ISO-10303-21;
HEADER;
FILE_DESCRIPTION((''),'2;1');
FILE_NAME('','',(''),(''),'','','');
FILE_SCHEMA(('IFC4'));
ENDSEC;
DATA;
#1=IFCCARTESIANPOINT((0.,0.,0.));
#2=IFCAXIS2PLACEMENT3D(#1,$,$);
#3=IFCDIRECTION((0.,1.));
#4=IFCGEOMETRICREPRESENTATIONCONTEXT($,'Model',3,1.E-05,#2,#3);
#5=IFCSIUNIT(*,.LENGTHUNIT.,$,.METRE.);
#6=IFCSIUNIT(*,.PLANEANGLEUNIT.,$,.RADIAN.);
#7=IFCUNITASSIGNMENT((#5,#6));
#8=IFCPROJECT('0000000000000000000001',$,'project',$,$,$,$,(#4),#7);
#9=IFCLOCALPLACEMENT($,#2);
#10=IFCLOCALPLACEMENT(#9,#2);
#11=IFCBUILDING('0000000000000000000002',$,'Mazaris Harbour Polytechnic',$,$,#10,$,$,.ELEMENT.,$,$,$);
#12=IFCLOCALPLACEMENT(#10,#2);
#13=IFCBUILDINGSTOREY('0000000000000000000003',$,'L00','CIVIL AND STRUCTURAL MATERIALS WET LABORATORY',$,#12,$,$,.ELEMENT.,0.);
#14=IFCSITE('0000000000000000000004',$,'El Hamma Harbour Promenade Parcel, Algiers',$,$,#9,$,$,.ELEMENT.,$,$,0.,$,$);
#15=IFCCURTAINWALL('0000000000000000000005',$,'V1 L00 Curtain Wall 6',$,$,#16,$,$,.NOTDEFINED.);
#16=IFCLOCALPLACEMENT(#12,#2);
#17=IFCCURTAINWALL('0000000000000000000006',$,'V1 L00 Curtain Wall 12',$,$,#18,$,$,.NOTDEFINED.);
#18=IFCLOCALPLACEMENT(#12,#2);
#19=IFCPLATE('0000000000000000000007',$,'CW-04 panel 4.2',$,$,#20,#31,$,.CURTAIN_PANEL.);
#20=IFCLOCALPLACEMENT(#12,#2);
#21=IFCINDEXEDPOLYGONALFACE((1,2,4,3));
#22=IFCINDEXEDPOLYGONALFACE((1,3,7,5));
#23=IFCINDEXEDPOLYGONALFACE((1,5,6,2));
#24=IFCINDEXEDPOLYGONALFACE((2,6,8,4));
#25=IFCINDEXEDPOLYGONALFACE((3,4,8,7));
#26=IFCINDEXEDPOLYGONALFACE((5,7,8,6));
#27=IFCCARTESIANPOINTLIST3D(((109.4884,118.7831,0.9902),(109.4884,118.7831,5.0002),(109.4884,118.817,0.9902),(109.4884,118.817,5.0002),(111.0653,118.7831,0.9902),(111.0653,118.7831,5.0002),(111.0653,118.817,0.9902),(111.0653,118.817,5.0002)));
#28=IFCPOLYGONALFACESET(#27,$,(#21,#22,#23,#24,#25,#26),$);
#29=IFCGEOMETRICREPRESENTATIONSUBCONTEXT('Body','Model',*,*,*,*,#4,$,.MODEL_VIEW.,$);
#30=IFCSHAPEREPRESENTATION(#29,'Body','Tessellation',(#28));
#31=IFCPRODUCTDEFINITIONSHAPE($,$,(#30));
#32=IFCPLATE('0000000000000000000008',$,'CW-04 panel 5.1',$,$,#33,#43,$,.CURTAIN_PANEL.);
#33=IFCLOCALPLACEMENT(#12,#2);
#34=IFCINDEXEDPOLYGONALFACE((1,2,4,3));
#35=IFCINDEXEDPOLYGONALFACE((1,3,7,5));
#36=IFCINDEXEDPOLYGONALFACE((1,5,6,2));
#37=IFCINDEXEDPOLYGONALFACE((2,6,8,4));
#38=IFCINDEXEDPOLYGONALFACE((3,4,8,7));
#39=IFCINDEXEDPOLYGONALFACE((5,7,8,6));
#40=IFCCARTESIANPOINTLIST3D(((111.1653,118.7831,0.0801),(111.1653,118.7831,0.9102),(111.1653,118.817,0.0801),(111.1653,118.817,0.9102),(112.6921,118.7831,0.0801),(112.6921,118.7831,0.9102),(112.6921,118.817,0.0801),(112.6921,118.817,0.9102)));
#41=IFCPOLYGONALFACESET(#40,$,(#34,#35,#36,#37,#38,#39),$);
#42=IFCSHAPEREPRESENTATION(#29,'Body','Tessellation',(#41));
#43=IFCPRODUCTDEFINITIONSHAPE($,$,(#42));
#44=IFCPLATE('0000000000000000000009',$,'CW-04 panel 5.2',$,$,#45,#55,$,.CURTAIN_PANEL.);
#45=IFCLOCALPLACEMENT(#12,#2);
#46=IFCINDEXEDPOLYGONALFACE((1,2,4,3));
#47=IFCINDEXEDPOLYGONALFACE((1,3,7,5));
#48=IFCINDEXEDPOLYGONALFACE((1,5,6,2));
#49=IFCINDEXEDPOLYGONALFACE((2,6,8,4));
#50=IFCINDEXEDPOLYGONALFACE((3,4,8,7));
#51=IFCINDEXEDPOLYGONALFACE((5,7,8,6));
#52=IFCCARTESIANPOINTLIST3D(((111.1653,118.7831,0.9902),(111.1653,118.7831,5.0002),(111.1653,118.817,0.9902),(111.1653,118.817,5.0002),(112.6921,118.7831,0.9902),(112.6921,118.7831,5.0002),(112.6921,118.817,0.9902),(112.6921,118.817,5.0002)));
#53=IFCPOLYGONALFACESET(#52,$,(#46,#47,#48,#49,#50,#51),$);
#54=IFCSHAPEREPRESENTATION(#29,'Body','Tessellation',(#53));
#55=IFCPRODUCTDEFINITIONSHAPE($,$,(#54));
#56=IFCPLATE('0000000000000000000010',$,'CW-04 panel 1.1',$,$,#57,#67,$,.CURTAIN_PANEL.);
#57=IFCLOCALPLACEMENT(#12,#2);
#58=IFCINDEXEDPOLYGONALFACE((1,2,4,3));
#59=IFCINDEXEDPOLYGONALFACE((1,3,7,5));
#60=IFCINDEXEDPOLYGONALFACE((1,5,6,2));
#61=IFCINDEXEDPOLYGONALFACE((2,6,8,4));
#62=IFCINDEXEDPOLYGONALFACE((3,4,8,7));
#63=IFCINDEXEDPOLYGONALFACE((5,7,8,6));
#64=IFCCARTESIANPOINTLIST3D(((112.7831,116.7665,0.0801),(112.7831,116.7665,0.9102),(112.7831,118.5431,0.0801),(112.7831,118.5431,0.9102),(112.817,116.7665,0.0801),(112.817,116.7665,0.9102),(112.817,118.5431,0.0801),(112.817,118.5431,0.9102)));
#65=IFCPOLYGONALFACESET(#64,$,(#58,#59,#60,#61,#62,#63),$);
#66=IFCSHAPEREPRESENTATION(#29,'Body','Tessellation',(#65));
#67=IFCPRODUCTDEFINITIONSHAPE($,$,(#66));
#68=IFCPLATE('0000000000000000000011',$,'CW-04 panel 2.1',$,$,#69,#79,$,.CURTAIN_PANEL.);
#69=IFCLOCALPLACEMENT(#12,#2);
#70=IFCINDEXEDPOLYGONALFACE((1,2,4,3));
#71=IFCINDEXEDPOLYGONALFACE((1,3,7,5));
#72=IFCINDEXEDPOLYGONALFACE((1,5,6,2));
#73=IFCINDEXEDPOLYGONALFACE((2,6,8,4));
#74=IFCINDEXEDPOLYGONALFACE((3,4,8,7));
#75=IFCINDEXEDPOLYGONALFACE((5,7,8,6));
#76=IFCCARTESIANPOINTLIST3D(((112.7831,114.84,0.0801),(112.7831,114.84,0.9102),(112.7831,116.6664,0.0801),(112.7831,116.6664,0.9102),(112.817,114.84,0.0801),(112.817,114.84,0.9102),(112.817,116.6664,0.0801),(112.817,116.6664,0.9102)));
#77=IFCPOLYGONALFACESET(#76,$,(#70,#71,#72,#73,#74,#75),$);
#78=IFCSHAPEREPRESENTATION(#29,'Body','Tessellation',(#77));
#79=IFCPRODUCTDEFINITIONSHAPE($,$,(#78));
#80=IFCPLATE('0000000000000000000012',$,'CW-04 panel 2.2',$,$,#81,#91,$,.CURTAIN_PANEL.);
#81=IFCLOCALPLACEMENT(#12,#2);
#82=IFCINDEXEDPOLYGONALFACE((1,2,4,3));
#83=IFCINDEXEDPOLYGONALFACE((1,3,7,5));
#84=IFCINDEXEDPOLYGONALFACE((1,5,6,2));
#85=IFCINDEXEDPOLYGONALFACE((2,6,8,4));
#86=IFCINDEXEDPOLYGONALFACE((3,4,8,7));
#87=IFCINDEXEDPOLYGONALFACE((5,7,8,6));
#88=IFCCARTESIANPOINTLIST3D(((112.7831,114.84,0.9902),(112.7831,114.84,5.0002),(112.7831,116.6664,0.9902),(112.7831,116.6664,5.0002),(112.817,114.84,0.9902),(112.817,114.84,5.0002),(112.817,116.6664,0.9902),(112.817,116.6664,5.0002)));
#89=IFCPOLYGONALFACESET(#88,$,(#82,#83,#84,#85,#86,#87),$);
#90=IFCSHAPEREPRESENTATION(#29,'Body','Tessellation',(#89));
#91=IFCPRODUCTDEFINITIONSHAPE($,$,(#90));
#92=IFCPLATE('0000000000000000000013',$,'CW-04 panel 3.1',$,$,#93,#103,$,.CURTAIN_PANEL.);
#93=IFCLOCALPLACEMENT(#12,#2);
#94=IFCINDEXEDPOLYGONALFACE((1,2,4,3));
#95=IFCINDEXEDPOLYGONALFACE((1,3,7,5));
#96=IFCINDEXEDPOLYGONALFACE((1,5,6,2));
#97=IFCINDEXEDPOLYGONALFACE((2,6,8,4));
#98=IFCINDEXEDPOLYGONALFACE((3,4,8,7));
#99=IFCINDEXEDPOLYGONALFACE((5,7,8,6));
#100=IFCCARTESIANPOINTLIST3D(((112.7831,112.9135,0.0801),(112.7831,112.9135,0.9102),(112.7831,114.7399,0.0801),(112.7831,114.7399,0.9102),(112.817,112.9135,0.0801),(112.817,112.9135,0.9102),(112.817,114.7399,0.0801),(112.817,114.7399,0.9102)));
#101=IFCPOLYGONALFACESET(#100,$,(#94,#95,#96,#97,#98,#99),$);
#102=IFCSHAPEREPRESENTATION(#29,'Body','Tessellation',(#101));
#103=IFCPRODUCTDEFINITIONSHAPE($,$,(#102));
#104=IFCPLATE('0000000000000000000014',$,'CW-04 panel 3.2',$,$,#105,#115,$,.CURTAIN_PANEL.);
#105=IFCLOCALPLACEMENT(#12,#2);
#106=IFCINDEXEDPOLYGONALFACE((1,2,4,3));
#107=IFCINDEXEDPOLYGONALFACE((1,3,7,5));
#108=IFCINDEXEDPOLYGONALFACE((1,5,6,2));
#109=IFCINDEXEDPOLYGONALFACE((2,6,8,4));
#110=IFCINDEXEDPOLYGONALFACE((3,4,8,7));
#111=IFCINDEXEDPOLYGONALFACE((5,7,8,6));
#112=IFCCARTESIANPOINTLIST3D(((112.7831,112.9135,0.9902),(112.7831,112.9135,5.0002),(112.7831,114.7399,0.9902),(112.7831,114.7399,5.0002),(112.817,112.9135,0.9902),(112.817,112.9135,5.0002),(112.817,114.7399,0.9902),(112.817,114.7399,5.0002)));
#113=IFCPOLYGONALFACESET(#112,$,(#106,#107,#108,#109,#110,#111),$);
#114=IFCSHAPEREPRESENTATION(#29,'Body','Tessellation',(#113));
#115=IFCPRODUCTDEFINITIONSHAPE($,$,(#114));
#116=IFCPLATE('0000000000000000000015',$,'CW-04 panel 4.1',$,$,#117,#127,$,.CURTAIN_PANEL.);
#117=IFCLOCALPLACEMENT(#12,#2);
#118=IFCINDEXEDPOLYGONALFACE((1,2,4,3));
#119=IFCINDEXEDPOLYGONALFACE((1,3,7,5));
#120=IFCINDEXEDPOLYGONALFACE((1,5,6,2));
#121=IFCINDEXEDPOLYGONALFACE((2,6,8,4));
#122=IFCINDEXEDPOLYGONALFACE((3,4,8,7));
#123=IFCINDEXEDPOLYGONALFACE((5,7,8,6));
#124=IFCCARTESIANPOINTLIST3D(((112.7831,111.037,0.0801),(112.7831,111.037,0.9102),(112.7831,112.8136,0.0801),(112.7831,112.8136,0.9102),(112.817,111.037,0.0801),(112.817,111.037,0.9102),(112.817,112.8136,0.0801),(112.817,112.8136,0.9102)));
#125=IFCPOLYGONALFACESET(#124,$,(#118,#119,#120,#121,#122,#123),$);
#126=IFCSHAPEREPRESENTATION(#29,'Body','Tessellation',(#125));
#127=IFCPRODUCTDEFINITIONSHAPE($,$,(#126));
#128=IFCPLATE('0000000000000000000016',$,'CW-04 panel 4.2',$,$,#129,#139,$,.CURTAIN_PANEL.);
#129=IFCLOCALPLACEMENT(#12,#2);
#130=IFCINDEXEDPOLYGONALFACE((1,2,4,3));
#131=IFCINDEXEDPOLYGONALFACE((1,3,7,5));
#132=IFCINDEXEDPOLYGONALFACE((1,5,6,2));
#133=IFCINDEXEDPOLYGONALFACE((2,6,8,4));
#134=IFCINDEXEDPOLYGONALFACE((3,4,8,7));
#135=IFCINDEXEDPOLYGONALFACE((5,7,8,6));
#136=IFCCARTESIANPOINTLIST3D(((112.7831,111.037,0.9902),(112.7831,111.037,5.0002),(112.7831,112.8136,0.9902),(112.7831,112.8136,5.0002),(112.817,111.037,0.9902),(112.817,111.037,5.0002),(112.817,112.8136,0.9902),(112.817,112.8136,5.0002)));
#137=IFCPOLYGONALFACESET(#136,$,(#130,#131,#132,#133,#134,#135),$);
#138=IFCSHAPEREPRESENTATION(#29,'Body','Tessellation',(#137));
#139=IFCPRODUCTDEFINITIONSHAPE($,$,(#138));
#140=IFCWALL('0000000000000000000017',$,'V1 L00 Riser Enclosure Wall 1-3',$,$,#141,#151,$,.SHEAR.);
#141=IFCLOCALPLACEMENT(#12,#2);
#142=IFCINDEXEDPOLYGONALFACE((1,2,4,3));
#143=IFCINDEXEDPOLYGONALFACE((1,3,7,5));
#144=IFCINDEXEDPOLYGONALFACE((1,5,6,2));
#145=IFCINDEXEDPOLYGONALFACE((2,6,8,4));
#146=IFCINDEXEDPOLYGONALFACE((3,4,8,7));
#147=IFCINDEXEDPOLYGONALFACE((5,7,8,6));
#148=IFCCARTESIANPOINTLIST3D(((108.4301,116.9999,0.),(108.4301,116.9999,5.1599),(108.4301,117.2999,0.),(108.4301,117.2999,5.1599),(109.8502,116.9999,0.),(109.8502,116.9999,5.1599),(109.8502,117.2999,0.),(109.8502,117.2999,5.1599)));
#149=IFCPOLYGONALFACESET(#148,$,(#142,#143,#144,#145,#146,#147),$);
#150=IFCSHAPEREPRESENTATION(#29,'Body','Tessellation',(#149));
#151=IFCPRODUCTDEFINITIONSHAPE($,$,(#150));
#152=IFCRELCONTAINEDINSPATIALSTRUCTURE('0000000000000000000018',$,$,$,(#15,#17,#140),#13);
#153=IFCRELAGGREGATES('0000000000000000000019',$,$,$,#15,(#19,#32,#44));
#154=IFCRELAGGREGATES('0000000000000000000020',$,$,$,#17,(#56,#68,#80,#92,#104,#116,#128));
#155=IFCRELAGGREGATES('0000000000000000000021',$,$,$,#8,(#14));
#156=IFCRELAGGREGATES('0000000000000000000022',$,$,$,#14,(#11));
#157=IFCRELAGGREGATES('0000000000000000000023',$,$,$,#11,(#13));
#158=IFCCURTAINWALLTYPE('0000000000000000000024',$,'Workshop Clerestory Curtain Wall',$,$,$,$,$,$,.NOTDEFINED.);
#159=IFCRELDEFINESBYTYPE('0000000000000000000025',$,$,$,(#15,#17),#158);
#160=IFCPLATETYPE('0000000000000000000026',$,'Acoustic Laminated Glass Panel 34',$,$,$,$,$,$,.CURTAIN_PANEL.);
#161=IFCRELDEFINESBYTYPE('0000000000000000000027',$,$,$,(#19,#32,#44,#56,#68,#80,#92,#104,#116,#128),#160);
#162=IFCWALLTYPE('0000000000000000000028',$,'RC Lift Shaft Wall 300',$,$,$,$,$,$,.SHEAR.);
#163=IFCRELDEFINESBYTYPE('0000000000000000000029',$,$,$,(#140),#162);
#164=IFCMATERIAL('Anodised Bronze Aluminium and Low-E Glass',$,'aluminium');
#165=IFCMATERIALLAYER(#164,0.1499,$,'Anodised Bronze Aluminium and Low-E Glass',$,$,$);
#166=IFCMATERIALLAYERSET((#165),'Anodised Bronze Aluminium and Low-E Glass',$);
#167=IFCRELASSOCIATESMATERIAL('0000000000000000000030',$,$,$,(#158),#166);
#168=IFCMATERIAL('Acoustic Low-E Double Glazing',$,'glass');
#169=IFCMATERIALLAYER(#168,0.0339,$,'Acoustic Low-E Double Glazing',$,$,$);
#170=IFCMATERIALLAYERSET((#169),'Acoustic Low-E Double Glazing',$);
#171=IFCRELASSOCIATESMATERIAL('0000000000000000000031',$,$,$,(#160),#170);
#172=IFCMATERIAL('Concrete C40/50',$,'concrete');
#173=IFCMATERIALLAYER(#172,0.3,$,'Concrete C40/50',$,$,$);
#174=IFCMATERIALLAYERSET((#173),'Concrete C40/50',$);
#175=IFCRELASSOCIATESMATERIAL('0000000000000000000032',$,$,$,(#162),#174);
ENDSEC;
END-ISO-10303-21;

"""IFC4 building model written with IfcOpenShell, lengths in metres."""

from ifc_helpers import new_model, si_unit, direction, frame, frame_2d, origin, origin_2d, place, context, subcontext, project, spatial, rectangle, extrude, material, layer, layer_set, type_object, element, aggregate, save


model = new_model("IFC4")

# Units and contexts
model_context = context("Model", 3, precision=1e-05, world=origin(), true_north=direction((0.0, 1.0)))
body_context = subcontext(model_context, "Body", "Model", "MODEL_VIEW")
ifc_project = project(units=[si_unit("LENGTHUNIT", "METRE"), si_unit("PLANEANGLEUNIT", "RADIAN")], contexts=[model_context])

# Site, building, storey
site_placement = place(None, origin())
site = spatial("IfcSite", under=ifc_project, at=site_placement, Name="El Hamma Harbour Promenade Parcel, Algiers", CompositionType="ELEMENT", RefElevation=0.0)
building_placement = place(site_placement, origin())
building = spatial("IfcBuilding", under=site, at=building_placement, Name="Mazaris Harbour Polytechnic", CompositionType="ELEMENT")
storey_placement = place(building_placement, origin())
storey = spatial("IfcBuildingStorey", under=building, at=storey_placement, Name="L00", Description="CIVIL AND STRUCTURAL MATERIALS WET LABORATORY", CompositionType="ELEMENT", Elevation=0.0)

# Curtain walls
ifc_material_1 = material(Name="Anodised Bronze Aluminium and Low-E Glass", Category="aluminium")
ifc_layer_1 = layer(ifc_material_1, 0.1499, Name="Anodised Bronze Aluminium and Low-E Glass")
ifc_layer_set_1 = layer_set([ifc_layer_1], Name="Anodised Bronze Aluminium and Low-E Glass")
curtain_wall_type = type_object("IfcCurtainWallType", Name="Workshop Clerestory Curtain Wall", PredefinedType="NOTDEFINED", material=ifc_layer_set_1)
curtain_wall_1_placement = place(storey_placement, origin())
curtain_wall_1 = element("IfcCurtainWall", 1, at=curtain_wall_1_placement, inside=storey, type_object=curtain_wall_type, Name="V1 L00 Curtain Wall 6", PredefinedType="NOTDEFINED")
curtain_wall_2_placement = place(storey_placement, origin())
curtain_wall_2 = element("IfcCurtainWall", 2, at=curtain_wall_2_placement, inside=storey, type_object=curtain_wall_type, Name="V1 L00 Curtain Wall 12", PredefinedType="NOTDEFINED")

# Plates
ifc_material_2 = material(Name="Acoustic Low-E Double Glazing", Category="glass")
ifc_layer_2 = layer(ifc_material_2, 0.0339, Name="Acoustic Low-E Double Glazing")
ifc_layer_set_2 = layer_set([ifc_layer_2], Name="Acoustic Low-E Double Glazing")
plate_type = type_object("IfcPlateType", Name="Acoustic Laminated Glass Panel 34", PredefinedType="CURTAIN_PANEL", material=ifc_layer_set_2)
plate_1_placement = place(storey_placement, frame((110.2769, 118.8, 0.9902), z_axis=(0.0, 0.0, 1.0), x_axis=(1.0, 0.0, 0.0)))
plate_1 = element("IfcPlate", 3, at=plate_1_placement, type_object=plate_type, Name="CW-04 panel 4.2", PredefinedType="CURTAIN_PANEL", context=body_context, shape_type="SweptSolid", body=[
    extrude(rectangle(XDim=1.5769, YDim=0.0339, at=origin_2d()), origin(), (0.0, 0.0, 1.0), 4.01),
])
plate_2_placement = place(storey_placement, frame((111.9287, 118.8, 0.0801), z_axis=(0.0, 0.0, 1.0), x_axis=(1.0, 0.0, 0.0)))
plate_2 = element("IfcPlate", 4, at=plate_2_placement, type_object=plate_type, Name="CW-04 panel 5.1", PredefinedType="CURTAIN_PANEL", context=body_context, shape_type="SweptSolid", body=[
    extrude(rectangle(XDim=1.5269, YDim=0.0339, at=origin_2d()), origin(), (0.0, 0.0, 1.0), 0.8301),
])
plate_3_placement = place(storey_placement, frame((111.9287, 118.8, 0.9902), z_axis=(0.0, 0.0, 1.0), x_axis=(1.0, 0.0, 0.0)))
plate_3 = element("IfcPlate", 5, at=plate_3_placement, type_object=plate_type, Name="CW-04 panel 5.2", PredefinedType="CURTAIN_PANEL", context=body_context, shape_type="SweptSolid", body=[
    extrude(rectangle(XDim=1.5269, YDim=0.0339, at=origin_2d()), origin(), (0.0, 0.0, 1.0), 4.01),
])
aggregate(curtain_wall_1, [plate_1, plate_2, plate_3])
plate_4_placement = place(storey_placement, frame((112.8, 117.6548, 0.0801), z_axis=(0.0, 0.0, 1.0), x_axis=(0.0, -1.0, 0.0)))
plate_4 = element("IfcPlate", 6, at=plate_4_placement, type_object=plate_type, Name="CW-04 panel 1.1", PredefinedType="CURTAIN_PANEL", context=body_context, shape_type="SweptSolid", body=[
    extrude(rectangle(XDim=1.7766, YDim=0.0339, at=origin_2d()), origin(), (0.0, 0.0, 1.0), 0.8301),
])
plate_5_placement = place(storey_placement, frame((112.8, 115.7532, 0.0801), z_axis=(0.0, 0.0, 1.0), x_axis=(0.0, -1.0, 0.0)))
plate_5 = element("IfcPlate", 7, at=plate_5_placement, type_object=plate_type, Name="CW-04 panel 2.1", PredefinedType="CURTAIN_PANEL", context=body_context, shape_type="SweptSolid", body=[
    extrude(rectangle(XDim=1.8264, YDim=0.0339, at=origin_2d()), origin(), (0.0, 0.0, 1.0), 0.8301),
])
plate_6_placement = place(storey_placement, frame((112.8, 115.7532, 0.9902), z_axis=(0.0, 0.0, 1.0), x_axis=(0.0, -1.0, 0.0)))
plate_6 = element("IfcPlate", 8, at=plate_6_placement, type_object=plate_type, Name="CW-04 panel 2.2", PredefinedType="CURTAIN_PANEL", context=body_context, shape_type="SweptSolid", body=[
    extrude(rectangle(XDim=1.8264, YDim=0.0339, at=origin_2d()), origin(), (0.0, 0.0, 1.0), 4.01),
])
plate_7_placement = place(storey_placement, frame((112.8, 113.8267, 0.0801), z_axis=(0.0, 0.0, 1.0), x_axis=(0.0, -1.0, 0.0)))
plate_7 = element("IfcPlate", 9, at=plate_7_placement, type_object=plate_type, Name="CW-04 panel 3.1", PredefinedType="CURTAIN_PANEL", context=body_context, shape_type="SweptSolid", body=[
    extrude(rectangle(XDim=1.8264, YDim=0.0339, at=origin_2d()), origin(), (0.0, 0.0, 1.0), 0.8301),
])
plate_8_placement = place(storey_placement, frame((112.8, 113.8267, 0.9902), z_axis=(0.0, 0.0, 1.0), x_axis=(0.0, -1.0, 0.0)))
plate_8 = element("IfcPlate", 10, at=plate_8_placement, type_object=plate_type, Name="CW-04 panel 3.2", PredefinedType="CURTAIN_PANEL", context=body_context, shape_type="SweptSolid", body=[
    extrude(rectangle(XDim=1.8264, YDim=0.0339, at=origin_2d()), origin(), (0.0, 0.0, 1.0), 4.01),
])
plate_9_placement = place(storey_placement, frame((112.8, 111.9253, 0.0801), z_axis=(0.0, 0.0, 1.0), x_axis=(0.0, -1.0, 0.0)))
plate_9 = element("IfcPlate", 11, at=plate_9_placement, type_object=plate_type, Name="CW-04 panel 4.1", PredefinedType="CURTAIN_PANEL", context=body_context, shape_type="SweptSolid", body=[
    extrude(rectangle(XDim=1.7766, YDim=0.0339, at=origin_2d()), origin(), (0.0, 0.0, 1.0), 0.8301),
])
plate_10_placement = place(storey_placement, frame((112.8, 111.9253, 0.9902), z_axis=(0.0, 0.0, 1.0), x_axis=(0.0, -1.0, 0.0)))
plate_10 = element("IfcPlate", 12, at=plate_10_placement, type_object=plate_type, Name="CW-04 panel 4.2", PredefinedType="CURTAIN_PANEL", context=body_context, shape_type="SweptSolid", body=[
    extrude(rectangle(XDim=1.7766, YDim=0.0339, at=origin_2d()), origin(), (0.0, 0.0, 1.0), 4.01),
])
aggregate(curtain_wall_2, [plate_4, plate_5, plate_6, plate_7, plate_8, plate_9, plate_10])

# Wall
ifc_material_3 = material(Name="Concrete C40/50", Category="concrete")
ifc_layer_3 = layer(ifc_material_3, 0.3, Name="Concrete C40/50")
ifc_layer_set_3 = layer_set([ifc_layer_3], Name="Concrete C40/50")
wall_type = type_object("IfcWallType", Name="RC Lift Shaft Wall 300", PredefinedType="SHEAR", material=ifc_layer_set_3)
wall_placement = place(storey_placement, frame((109.8501, 117.1499, 0.0), z_axis=(0.0, 0.0, 1.0), x_axis=(-1.0, 0.0, 0.0)))
element("IfcWall", 13, at=wall_placement, inside=storey, type_object=wall_type, Name="V1 L00 Riser Enclosure Wall 1-3", PredefinedType="SHEAR", context=body_context, shape_type="SweptSolid", body=[
    extrude(rectangle(XDim=1.4202, YDim=0.3, at=frame_2d((0.71, 0.0))), origin(), (0.0, 0.0, 1.0), 5.1599),
])

save(model, "model.ifc")
